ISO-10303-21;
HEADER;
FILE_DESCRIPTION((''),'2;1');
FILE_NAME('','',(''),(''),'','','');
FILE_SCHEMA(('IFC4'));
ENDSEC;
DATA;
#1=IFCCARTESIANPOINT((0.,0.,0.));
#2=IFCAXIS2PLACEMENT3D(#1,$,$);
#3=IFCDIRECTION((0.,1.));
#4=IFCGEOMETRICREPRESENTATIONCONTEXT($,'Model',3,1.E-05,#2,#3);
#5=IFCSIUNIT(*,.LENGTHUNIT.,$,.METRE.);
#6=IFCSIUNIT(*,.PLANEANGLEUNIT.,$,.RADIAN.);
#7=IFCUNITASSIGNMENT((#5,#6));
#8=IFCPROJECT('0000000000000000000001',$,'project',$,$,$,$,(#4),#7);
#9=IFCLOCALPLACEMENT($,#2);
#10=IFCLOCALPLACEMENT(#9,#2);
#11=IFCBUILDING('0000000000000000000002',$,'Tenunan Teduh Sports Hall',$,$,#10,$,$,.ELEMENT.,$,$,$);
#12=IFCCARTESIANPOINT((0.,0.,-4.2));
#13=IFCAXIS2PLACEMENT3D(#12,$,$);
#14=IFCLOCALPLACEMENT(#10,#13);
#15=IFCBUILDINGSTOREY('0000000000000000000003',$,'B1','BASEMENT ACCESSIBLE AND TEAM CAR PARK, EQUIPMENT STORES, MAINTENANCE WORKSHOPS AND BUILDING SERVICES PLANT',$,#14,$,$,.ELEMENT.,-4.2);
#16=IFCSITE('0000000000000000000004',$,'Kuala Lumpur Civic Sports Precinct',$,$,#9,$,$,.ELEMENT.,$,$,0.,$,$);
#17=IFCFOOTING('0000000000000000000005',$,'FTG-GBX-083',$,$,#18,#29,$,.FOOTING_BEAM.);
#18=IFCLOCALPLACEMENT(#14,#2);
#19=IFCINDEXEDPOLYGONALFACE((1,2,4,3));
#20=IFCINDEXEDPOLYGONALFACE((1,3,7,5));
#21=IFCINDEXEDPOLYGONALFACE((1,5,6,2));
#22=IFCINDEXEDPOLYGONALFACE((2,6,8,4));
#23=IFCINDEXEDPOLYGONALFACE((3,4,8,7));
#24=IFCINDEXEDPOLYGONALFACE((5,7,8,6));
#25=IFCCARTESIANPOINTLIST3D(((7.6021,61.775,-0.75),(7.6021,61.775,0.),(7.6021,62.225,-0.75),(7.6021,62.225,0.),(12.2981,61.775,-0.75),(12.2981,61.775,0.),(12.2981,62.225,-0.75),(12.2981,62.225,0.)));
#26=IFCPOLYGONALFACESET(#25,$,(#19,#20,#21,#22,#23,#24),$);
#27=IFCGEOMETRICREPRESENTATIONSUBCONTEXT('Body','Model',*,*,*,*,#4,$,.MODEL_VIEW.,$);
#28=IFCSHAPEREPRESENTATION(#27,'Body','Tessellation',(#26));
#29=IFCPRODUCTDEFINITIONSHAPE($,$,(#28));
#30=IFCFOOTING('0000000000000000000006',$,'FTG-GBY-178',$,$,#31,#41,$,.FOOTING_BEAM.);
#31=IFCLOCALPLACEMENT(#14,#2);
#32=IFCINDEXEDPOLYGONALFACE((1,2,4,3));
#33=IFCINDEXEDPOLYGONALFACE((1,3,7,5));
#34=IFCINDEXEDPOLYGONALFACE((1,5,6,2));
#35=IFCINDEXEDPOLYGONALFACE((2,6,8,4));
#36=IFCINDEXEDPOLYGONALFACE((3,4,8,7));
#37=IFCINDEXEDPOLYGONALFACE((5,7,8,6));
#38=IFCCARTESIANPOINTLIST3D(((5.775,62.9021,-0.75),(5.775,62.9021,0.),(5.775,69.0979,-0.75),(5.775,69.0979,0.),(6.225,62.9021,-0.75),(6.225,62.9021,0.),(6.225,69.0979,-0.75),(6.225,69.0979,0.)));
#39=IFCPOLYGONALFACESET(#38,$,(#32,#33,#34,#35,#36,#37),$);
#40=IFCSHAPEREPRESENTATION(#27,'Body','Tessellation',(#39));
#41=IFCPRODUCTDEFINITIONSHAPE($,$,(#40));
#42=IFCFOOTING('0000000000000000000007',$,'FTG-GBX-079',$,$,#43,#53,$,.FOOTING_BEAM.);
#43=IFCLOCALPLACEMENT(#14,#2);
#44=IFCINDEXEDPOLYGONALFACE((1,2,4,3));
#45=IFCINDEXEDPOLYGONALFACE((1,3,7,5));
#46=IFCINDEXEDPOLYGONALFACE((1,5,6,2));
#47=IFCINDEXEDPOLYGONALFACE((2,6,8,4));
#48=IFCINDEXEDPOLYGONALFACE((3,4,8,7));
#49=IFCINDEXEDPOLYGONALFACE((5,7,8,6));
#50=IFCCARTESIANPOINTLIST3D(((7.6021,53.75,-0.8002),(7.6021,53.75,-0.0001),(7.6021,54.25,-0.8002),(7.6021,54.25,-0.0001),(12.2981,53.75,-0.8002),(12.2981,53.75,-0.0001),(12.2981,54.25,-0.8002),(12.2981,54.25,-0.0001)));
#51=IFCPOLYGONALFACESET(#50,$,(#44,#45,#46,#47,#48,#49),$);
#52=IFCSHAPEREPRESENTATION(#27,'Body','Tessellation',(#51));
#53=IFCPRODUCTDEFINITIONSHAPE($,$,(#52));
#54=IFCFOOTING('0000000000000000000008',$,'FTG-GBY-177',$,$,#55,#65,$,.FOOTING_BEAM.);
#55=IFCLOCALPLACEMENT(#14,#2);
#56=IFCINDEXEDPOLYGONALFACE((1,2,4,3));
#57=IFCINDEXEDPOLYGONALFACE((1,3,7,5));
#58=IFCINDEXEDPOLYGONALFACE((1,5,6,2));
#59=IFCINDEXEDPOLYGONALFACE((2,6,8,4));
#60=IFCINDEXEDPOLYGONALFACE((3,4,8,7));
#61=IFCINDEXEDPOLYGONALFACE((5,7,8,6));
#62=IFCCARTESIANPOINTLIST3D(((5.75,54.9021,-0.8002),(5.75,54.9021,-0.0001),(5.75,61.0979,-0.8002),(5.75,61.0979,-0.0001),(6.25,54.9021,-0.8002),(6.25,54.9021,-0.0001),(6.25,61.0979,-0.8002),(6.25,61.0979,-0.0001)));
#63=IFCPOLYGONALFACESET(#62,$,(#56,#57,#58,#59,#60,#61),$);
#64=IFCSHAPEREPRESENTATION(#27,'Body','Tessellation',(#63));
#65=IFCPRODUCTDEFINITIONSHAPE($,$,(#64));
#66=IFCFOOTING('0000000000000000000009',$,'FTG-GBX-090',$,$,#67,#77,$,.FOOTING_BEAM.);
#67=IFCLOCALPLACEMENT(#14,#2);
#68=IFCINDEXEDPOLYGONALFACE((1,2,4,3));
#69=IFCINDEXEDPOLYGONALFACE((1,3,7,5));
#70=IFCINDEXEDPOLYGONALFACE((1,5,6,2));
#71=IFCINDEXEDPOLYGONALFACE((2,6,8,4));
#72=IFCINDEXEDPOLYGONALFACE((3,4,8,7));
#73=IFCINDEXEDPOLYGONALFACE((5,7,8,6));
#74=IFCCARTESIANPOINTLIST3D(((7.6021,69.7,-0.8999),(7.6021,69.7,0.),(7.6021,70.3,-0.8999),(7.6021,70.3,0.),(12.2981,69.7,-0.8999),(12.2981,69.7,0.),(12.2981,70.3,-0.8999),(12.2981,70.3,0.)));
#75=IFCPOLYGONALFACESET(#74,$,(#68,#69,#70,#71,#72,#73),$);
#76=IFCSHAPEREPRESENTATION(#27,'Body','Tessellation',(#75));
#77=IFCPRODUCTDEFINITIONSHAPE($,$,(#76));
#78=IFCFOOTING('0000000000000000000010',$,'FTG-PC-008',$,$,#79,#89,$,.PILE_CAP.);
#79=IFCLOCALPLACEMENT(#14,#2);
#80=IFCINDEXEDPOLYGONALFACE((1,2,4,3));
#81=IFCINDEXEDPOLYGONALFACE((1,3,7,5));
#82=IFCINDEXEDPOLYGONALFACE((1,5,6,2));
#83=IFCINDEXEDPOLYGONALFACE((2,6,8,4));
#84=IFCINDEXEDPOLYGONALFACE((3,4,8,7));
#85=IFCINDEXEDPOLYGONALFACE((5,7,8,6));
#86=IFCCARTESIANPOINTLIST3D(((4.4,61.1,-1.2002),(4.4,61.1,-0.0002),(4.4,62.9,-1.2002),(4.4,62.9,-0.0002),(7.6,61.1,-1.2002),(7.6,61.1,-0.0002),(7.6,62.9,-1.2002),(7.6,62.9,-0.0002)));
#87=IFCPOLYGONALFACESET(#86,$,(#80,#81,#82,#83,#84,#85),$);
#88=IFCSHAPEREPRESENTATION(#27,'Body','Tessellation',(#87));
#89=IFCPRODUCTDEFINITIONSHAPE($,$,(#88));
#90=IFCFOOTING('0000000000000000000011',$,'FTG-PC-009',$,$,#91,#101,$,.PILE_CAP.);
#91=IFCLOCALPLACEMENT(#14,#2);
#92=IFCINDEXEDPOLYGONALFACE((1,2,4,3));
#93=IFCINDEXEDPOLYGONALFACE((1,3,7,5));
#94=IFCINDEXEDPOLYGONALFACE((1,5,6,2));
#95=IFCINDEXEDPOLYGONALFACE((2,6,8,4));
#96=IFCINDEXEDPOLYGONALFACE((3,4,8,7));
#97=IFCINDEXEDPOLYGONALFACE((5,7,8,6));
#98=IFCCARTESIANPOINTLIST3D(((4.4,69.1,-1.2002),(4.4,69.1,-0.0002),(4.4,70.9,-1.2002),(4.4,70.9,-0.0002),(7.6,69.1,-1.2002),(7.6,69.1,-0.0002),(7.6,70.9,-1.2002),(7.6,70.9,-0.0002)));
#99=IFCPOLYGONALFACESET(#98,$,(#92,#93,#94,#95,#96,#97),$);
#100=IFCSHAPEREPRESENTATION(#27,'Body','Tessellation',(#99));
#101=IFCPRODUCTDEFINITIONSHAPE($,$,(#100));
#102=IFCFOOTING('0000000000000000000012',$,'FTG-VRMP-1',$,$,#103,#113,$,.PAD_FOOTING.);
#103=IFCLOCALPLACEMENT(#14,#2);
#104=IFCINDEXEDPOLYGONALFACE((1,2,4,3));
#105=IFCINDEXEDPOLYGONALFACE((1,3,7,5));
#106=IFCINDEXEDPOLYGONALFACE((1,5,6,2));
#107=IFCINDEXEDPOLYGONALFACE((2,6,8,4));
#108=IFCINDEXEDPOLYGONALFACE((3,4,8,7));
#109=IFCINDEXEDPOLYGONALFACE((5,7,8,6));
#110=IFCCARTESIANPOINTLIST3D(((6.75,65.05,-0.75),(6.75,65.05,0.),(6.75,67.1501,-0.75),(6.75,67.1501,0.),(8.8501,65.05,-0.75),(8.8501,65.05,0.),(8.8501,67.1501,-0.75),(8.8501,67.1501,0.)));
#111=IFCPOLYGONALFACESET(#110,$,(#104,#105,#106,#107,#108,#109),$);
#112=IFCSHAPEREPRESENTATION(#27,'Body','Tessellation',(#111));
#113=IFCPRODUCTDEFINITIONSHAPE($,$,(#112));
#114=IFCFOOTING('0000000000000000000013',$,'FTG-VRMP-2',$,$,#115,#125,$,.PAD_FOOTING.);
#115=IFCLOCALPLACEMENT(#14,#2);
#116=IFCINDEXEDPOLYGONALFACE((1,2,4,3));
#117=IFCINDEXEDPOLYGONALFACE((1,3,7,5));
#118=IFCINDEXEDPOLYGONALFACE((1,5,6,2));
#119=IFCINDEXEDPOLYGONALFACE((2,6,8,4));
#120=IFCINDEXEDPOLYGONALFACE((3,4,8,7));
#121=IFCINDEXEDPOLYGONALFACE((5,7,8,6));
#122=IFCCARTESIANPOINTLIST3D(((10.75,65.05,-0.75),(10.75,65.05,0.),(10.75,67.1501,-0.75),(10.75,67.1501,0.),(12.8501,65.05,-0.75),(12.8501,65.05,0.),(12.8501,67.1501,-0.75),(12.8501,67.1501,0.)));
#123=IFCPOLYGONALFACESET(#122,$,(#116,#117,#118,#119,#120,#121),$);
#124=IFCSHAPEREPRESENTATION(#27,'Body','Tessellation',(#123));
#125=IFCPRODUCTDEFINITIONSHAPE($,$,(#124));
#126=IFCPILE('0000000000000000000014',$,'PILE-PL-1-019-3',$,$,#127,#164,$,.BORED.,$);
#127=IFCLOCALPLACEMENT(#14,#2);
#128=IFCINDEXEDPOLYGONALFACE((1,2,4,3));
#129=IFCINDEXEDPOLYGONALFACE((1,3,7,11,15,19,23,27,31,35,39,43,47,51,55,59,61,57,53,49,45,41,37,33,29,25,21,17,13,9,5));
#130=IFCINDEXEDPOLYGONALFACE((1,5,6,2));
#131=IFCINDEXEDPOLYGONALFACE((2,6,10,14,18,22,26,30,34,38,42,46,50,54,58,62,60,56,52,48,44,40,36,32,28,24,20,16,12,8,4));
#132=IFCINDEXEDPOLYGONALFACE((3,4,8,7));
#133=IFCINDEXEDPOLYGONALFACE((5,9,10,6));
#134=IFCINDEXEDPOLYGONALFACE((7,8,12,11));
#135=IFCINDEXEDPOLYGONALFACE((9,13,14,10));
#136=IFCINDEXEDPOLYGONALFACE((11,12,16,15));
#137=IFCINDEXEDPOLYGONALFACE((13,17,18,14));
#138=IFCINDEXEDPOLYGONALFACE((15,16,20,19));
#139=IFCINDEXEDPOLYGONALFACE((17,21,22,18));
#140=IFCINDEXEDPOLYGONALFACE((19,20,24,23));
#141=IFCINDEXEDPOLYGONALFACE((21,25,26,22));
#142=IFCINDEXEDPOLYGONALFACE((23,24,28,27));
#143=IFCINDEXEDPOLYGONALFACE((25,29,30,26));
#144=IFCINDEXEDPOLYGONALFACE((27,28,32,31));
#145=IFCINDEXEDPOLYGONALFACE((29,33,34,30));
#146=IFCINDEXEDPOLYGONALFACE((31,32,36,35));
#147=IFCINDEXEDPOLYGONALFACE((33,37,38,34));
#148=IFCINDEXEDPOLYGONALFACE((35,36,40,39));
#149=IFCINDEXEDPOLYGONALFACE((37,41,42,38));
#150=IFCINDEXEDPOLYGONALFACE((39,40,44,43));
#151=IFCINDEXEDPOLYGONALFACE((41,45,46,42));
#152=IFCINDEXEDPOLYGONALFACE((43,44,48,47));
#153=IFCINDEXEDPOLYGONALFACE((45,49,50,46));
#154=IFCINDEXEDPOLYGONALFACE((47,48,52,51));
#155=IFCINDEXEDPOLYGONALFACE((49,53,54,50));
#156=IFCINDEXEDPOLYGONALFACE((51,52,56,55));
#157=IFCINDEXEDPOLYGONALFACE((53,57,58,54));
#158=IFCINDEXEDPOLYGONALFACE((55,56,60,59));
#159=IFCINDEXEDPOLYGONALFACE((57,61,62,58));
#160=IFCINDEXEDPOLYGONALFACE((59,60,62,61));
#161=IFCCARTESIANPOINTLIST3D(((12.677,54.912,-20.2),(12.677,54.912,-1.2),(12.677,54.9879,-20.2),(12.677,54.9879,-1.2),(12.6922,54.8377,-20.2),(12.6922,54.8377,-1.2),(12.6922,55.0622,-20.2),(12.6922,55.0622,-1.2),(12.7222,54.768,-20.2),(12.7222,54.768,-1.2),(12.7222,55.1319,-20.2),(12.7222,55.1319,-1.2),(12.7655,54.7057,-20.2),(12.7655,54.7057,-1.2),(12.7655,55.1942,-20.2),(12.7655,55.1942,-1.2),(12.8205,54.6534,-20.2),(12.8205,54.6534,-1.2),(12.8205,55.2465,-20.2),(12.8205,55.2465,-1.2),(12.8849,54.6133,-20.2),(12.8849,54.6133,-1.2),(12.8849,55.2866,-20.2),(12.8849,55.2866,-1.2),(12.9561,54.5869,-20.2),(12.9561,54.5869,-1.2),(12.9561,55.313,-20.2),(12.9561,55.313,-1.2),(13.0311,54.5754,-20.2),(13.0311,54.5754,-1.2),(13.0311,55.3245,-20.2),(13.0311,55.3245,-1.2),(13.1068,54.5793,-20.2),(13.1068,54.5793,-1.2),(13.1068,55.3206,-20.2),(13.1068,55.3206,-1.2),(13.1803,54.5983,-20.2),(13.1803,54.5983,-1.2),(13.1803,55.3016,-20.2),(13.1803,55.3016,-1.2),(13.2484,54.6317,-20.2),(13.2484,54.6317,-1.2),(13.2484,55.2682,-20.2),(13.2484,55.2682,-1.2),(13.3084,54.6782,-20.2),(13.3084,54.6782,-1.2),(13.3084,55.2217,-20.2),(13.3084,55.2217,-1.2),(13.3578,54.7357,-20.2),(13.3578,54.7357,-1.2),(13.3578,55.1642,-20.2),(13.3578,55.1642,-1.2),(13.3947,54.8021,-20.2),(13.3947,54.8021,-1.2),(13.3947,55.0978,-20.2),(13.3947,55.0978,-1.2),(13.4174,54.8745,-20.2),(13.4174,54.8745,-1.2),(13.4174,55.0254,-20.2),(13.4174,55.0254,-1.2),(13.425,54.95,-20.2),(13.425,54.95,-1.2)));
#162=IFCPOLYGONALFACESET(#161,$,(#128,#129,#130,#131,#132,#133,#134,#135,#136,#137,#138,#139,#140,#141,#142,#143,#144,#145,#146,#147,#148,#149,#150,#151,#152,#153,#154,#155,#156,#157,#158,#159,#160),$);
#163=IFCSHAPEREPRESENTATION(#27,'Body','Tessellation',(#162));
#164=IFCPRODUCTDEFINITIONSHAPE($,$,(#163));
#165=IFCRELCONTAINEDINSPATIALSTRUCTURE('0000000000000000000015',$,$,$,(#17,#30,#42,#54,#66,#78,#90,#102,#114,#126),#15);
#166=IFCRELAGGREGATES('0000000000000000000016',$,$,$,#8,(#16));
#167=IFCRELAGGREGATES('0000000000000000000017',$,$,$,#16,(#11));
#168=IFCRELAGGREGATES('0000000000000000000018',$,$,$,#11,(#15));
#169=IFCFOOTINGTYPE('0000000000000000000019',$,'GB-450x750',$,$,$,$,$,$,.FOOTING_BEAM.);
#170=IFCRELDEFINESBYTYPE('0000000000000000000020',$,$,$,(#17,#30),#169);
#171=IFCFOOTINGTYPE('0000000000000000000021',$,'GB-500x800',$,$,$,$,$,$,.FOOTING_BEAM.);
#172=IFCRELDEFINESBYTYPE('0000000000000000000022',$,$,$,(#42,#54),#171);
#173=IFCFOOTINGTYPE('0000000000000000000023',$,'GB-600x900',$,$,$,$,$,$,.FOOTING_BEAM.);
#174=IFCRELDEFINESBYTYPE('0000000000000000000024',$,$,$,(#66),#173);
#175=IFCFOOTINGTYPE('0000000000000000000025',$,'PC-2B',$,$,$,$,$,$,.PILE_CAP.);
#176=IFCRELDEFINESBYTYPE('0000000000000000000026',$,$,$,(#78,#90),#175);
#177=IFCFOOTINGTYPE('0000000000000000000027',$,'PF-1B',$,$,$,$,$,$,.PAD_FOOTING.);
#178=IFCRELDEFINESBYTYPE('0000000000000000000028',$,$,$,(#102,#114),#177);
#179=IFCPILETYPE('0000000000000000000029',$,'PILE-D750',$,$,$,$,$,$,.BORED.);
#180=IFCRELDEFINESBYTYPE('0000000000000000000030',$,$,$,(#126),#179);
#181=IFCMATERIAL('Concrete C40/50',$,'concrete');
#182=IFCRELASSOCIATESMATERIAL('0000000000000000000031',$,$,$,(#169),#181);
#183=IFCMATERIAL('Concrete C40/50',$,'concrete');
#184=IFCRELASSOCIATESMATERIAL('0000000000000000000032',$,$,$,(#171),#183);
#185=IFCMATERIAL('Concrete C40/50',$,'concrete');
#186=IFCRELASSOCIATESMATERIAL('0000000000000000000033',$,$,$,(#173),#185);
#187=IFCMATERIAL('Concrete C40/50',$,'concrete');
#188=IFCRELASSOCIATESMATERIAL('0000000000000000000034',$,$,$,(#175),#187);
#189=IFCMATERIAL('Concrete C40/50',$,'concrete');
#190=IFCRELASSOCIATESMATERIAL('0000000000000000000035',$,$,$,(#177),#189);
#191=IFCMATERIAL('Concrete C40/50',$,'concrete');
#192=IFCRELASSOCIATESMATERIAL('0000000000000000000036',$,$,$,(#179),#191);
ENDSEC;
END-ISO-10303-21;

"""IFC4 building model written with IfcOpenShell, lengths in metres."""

from ifc_helpers import new_model, si_unit, direction, frame, origin, origin_2d, place, context, subcontext, project, spatial, rectangle, circle, extrude, material, material_profile, profile_set, type_object, element, save


model = new_model("IFC4")

# Units and contexts
model_context = context("Model", 3, precision=1e-05, world=origin(), true_north=direction((0.0, 1.0)))
body_context = subcontext(model_context, "Body", "Model", "MODEL_VIEW")
ifc_project = project(units=[si_unit("LENGTHUNIT", "METRE"), si_unit("PLANEANGLEUNIT", "RADIAN")], contexts=[model_context])

# Site, building, storey
site_placement = place(None, origin())
site = spatial("IfcSite", under=ifc_project, at=site_placement, Name="Kuala Lumpur Civic Sports Precinct", CompositionType="ELEMENT", RefElevation=0.0)
building_placement = place(site_placement, origin())
building = spatial("IfcBuilding", under=site, at=building_placement, Name="Tenunan Teduh Sports Hall", CompositionType="ELEMENT")
storey_placement = place(building_placement, frame((0.0, 0.0, -4.2)))
storey = spatial("IfcBuildingStorey", under=building, at=storey_placement, Name="B1", Description="BASEMENT ACCESSIBLE AND TEAM CAR PARK, EQUIPMENT STORES, MAINTENANCE WORKSHOPS AND BUILDING SERVICES PLANT", CompositionType="ELEMENT", Elevation=-4.2)

# Footings
ifc_material_1 = material(Name="Concrete C40/50", Category="concrete")
ifc_material_profile_1 = material_profile(ifc_material_1, rectangle(XDim=0.45, YDim=0.75, at=origin_2d()), Name="RCB 450x750")
ifc_profile_set_1 = profile_set([ifc_material_profile_1], Name="Concrete C40/50")
footing_type_1 = type_object("IfcFootingType", Name="GB-450x750", PredefinedType="FOOTING_BEAM", material=ifc_profile_set_1)
footing_1_placement = place(storey_placement, frame((7.6021, 62.0, -0.375), z_axis=(1.0, 0.0, 0.0), x_axis=(0.0, 1.0, 0.0)))
element("IfcFooting", 1, at=footing_1_placement, inside=storey, type_object=footing_type_1, Name="FTG-GBX-083", PredefinedType="FOOTING_BEAM", context=body_context, shape_type="SweptSolid", body=[
    extrude(rectangle(XDim=0.45, YDim=0.75, at=origin_2d()), origin(), (0.0, 0.0, 1.0), 4.696),
])
footing_2_placement = place(storey_placement, frame((6.0, 62.9021, -0.375), z_axis=(0.0, 1.0, 0.0), x_axis=(-1.0, 0.0, 0.0)))
element("IfcFooting", 2, at=footing_2_placement, inside=storey, type_object=footing_type_1, Name="FTG-GBY-178", PredefinedType="FOOTING_BEAM", context=body_context, shape_type="SweptSolid", body=[
    extrude(rectangle(XDim=0.45, YDim=0.75, at=origin_2d()), origin(), (0.0, 0.0, 1.0), 6.1958),
])
ifc_material_2 = material(Name="Concrete C40/50", Category="concrete")
ifc_material_profile_2 = material_profile(ifc_material_2, rectangle(XDim=0.5, YDim=0.8, at=origin_2d()), Name="RCB 500x800")
ifc_profile_set_2 = profile_set([ifc_material_profile_2], Name="Concrete C40/50")
footing_type_2 = type_object("IfcFootingType", Name="GB-500x800", PredefinedType="FOOTING_BEAM", material=ifc_profile_set_2)
footing_3_placement = place(storey_placement, frame((7.6021, 54.0, -0.4001), z_axis=(1.0, 0.0, 0.0), x_axis=(0.0, 1.0, 0.0)))
element("IfcFooting", 3, at=footing_3_placement, inside=storey, type_object=footing_type_2, Name="FTG-GBX-079", PredefinedType="FOOTING_BEAM", context=body_context, shape_type="SweptSolid", body=[
    extrude(rectangle(XDim=0.5, YDim=0.8, at=origin_2d()), origin(), (0.0, 0.0, 1.0), 4.696),
])
footing_4_placement = place(storey_placement, frame((6.0, 54.9021, -0.4001), z_axis=(0.0, 1.0, 0.0), x_axis=(-1.0, 0.0, 0.0)))
element("IfcFooting", 4, at=footing_4_placement, inside=storey, type_object=footing_type_2, Name="FTG-GBY-177", PredefinedType="FOOTING_BEAM", context=body_context, shape_type="SweptSolid", body=[
    extrude(rectangle(XDim=0.5, YDim=0.8, at=origin_2d()), origin(), (0.0, 0.0, 1.0), 6.1958),
])
ifc_material_3 = material(Name="Concrete C40/50", Category="concrete")
ifc_material_profile_3 = material_profile(ifc_material_3, rectangle(XDim=0.6001, YDim=0.8999, at=origin_2d()), Name="RCB 600x900")
ifc_profile_set_3 = profile_set([ifc_material_profile_3], Name="Concrete C40/50")
footing_type_3 = type_object("IfcFootingType", Name="GB-600x900", PredefinedType="FOOTING_BEAM", material=ifc_profile_set_3)
footing_5_placement = place(storey_placement, frame((7.6021, 70.0, -0.45), z_axis=(1.0, 0.0, 0.0), x_axis=(0.0, 1.0, 0.0)))
element("IfcFooting", 5, at=footing_5_placement, inside=storey, type_object=footing_type_3, Name="FTG-GBX-090", PredefinedType="FOOTING_BEAM", context=body_context, shape_type="SweptSolid", body=[
    extrude(rectangle(XDim=0.6001, YDim=0.8999, at=origin_2d()), origin(), (0.0, 0.0, 1.0), 4.696),
])
ifc_material_4 = material(Name="Concrete C40/50", Category="concrete")
footing_type_4 = type_object("IfcFootingType", Name="PC-2B", PredefinedType="PILE_CAP", material=ifc_material_4)
for number, where, z_axis, x_axis, name in (
    (6, (6.0, 62.0, -1.2002), (0.0, 0.0, 1.0), (1.0, 0.0, 0.0), "FTG-PC-008"),
    (7, (6.0, 70.0, -1.2002), (0.0, 0.0, 1.0), (1.0, 0.0, 0.0), "FTG-PC-009"),
):
    element("IfcFooting", number, at=place(storey_placement, frame(where, z_axis=z_axis, x_axis=x_axis)), inside=storey, type_object=footing_type_4, Name=name, PredefinedType="PILE_CAP", context=body_context, shape_type="SweptSolid", body=[
        extrude(rectangle(XDim=3.2, YDim=1.8, at=origin_2d()), origin(), (0.0, 0.0, 1.0), 1.2),
    ])
ifc_material_5 = material(Name="Concrete C40/50", Category="concrete")
footing_type_5 = type_object("IfcFootingType", Name="PF-1B", PredefinedType="PAD_FOOTING", material=ifc_material_5)
for number, where, z_axis, x_axis, name in (
    (8, (7.8, 66.1001, -0.75), (0.0, 0.0, 1.0), (1.0, 0.0, 0.0), "FTG-VRMP-1"),
    (9, (11.8, 66.1001, -0.75), (0.0, 0.0, 1.0), (1.0, 0.0, 0.0), "FTG-VRMP-2"),
):
    element("IfcFooting", number, at=place(storey_placement, frame(where, z_axis=z_axis, x_axis=x_axis)), inside=storey, type_object=footing_type_5, Name=name, PredefinedType="PAD_FOOTING", context=body_context, shape_type="SweptSolid", body=[
        extrude(rectangle(XDim=2.1001, YDim=2.1001, at=origin_2d()), origin(), (0.0, 0.0, 1.0), 0.75),
    ])

# Pile
ifc_material_6 = material(Name="Concrete C40/50", Category="concrete")
ifc_material_profile_4 = material_profile(ifc_material_6, circle(Radius=0.375, at=origin_2d()), Name="PILE D750")
ifc_profile_set_4 = profile_set([ifc_material_profile_4], Name="Concrete C40/50")
pile_type_1 = type_object("IfcPileType", Name="PILE-D750", PredefinedType="BORED", material=ifc_profile_set_4)
for number, where, z_axis, x_axis, name in (
    (10, (13.05, 54.95, -1.2), (0.0, 0.0, -1.0), (1.0, 0.0, 0.0), "PILE-PL-1-019-3"),
):
    element("IfcPile", number, at=place(storey_placement, frame(where, z_axis=z_axis, x_axis=x_axis)), inside=storey, type_object=pile_type_1, Name=name, PredefinedType="BORED", context=body_context, shape_type="SweptSolid", body=[
        extrude(circle(Radius=0.375, at=origin_2d()), origin(), (0.0, 0.0, 1.0), 19.0),
    ])

save(model, "model.ifc")
